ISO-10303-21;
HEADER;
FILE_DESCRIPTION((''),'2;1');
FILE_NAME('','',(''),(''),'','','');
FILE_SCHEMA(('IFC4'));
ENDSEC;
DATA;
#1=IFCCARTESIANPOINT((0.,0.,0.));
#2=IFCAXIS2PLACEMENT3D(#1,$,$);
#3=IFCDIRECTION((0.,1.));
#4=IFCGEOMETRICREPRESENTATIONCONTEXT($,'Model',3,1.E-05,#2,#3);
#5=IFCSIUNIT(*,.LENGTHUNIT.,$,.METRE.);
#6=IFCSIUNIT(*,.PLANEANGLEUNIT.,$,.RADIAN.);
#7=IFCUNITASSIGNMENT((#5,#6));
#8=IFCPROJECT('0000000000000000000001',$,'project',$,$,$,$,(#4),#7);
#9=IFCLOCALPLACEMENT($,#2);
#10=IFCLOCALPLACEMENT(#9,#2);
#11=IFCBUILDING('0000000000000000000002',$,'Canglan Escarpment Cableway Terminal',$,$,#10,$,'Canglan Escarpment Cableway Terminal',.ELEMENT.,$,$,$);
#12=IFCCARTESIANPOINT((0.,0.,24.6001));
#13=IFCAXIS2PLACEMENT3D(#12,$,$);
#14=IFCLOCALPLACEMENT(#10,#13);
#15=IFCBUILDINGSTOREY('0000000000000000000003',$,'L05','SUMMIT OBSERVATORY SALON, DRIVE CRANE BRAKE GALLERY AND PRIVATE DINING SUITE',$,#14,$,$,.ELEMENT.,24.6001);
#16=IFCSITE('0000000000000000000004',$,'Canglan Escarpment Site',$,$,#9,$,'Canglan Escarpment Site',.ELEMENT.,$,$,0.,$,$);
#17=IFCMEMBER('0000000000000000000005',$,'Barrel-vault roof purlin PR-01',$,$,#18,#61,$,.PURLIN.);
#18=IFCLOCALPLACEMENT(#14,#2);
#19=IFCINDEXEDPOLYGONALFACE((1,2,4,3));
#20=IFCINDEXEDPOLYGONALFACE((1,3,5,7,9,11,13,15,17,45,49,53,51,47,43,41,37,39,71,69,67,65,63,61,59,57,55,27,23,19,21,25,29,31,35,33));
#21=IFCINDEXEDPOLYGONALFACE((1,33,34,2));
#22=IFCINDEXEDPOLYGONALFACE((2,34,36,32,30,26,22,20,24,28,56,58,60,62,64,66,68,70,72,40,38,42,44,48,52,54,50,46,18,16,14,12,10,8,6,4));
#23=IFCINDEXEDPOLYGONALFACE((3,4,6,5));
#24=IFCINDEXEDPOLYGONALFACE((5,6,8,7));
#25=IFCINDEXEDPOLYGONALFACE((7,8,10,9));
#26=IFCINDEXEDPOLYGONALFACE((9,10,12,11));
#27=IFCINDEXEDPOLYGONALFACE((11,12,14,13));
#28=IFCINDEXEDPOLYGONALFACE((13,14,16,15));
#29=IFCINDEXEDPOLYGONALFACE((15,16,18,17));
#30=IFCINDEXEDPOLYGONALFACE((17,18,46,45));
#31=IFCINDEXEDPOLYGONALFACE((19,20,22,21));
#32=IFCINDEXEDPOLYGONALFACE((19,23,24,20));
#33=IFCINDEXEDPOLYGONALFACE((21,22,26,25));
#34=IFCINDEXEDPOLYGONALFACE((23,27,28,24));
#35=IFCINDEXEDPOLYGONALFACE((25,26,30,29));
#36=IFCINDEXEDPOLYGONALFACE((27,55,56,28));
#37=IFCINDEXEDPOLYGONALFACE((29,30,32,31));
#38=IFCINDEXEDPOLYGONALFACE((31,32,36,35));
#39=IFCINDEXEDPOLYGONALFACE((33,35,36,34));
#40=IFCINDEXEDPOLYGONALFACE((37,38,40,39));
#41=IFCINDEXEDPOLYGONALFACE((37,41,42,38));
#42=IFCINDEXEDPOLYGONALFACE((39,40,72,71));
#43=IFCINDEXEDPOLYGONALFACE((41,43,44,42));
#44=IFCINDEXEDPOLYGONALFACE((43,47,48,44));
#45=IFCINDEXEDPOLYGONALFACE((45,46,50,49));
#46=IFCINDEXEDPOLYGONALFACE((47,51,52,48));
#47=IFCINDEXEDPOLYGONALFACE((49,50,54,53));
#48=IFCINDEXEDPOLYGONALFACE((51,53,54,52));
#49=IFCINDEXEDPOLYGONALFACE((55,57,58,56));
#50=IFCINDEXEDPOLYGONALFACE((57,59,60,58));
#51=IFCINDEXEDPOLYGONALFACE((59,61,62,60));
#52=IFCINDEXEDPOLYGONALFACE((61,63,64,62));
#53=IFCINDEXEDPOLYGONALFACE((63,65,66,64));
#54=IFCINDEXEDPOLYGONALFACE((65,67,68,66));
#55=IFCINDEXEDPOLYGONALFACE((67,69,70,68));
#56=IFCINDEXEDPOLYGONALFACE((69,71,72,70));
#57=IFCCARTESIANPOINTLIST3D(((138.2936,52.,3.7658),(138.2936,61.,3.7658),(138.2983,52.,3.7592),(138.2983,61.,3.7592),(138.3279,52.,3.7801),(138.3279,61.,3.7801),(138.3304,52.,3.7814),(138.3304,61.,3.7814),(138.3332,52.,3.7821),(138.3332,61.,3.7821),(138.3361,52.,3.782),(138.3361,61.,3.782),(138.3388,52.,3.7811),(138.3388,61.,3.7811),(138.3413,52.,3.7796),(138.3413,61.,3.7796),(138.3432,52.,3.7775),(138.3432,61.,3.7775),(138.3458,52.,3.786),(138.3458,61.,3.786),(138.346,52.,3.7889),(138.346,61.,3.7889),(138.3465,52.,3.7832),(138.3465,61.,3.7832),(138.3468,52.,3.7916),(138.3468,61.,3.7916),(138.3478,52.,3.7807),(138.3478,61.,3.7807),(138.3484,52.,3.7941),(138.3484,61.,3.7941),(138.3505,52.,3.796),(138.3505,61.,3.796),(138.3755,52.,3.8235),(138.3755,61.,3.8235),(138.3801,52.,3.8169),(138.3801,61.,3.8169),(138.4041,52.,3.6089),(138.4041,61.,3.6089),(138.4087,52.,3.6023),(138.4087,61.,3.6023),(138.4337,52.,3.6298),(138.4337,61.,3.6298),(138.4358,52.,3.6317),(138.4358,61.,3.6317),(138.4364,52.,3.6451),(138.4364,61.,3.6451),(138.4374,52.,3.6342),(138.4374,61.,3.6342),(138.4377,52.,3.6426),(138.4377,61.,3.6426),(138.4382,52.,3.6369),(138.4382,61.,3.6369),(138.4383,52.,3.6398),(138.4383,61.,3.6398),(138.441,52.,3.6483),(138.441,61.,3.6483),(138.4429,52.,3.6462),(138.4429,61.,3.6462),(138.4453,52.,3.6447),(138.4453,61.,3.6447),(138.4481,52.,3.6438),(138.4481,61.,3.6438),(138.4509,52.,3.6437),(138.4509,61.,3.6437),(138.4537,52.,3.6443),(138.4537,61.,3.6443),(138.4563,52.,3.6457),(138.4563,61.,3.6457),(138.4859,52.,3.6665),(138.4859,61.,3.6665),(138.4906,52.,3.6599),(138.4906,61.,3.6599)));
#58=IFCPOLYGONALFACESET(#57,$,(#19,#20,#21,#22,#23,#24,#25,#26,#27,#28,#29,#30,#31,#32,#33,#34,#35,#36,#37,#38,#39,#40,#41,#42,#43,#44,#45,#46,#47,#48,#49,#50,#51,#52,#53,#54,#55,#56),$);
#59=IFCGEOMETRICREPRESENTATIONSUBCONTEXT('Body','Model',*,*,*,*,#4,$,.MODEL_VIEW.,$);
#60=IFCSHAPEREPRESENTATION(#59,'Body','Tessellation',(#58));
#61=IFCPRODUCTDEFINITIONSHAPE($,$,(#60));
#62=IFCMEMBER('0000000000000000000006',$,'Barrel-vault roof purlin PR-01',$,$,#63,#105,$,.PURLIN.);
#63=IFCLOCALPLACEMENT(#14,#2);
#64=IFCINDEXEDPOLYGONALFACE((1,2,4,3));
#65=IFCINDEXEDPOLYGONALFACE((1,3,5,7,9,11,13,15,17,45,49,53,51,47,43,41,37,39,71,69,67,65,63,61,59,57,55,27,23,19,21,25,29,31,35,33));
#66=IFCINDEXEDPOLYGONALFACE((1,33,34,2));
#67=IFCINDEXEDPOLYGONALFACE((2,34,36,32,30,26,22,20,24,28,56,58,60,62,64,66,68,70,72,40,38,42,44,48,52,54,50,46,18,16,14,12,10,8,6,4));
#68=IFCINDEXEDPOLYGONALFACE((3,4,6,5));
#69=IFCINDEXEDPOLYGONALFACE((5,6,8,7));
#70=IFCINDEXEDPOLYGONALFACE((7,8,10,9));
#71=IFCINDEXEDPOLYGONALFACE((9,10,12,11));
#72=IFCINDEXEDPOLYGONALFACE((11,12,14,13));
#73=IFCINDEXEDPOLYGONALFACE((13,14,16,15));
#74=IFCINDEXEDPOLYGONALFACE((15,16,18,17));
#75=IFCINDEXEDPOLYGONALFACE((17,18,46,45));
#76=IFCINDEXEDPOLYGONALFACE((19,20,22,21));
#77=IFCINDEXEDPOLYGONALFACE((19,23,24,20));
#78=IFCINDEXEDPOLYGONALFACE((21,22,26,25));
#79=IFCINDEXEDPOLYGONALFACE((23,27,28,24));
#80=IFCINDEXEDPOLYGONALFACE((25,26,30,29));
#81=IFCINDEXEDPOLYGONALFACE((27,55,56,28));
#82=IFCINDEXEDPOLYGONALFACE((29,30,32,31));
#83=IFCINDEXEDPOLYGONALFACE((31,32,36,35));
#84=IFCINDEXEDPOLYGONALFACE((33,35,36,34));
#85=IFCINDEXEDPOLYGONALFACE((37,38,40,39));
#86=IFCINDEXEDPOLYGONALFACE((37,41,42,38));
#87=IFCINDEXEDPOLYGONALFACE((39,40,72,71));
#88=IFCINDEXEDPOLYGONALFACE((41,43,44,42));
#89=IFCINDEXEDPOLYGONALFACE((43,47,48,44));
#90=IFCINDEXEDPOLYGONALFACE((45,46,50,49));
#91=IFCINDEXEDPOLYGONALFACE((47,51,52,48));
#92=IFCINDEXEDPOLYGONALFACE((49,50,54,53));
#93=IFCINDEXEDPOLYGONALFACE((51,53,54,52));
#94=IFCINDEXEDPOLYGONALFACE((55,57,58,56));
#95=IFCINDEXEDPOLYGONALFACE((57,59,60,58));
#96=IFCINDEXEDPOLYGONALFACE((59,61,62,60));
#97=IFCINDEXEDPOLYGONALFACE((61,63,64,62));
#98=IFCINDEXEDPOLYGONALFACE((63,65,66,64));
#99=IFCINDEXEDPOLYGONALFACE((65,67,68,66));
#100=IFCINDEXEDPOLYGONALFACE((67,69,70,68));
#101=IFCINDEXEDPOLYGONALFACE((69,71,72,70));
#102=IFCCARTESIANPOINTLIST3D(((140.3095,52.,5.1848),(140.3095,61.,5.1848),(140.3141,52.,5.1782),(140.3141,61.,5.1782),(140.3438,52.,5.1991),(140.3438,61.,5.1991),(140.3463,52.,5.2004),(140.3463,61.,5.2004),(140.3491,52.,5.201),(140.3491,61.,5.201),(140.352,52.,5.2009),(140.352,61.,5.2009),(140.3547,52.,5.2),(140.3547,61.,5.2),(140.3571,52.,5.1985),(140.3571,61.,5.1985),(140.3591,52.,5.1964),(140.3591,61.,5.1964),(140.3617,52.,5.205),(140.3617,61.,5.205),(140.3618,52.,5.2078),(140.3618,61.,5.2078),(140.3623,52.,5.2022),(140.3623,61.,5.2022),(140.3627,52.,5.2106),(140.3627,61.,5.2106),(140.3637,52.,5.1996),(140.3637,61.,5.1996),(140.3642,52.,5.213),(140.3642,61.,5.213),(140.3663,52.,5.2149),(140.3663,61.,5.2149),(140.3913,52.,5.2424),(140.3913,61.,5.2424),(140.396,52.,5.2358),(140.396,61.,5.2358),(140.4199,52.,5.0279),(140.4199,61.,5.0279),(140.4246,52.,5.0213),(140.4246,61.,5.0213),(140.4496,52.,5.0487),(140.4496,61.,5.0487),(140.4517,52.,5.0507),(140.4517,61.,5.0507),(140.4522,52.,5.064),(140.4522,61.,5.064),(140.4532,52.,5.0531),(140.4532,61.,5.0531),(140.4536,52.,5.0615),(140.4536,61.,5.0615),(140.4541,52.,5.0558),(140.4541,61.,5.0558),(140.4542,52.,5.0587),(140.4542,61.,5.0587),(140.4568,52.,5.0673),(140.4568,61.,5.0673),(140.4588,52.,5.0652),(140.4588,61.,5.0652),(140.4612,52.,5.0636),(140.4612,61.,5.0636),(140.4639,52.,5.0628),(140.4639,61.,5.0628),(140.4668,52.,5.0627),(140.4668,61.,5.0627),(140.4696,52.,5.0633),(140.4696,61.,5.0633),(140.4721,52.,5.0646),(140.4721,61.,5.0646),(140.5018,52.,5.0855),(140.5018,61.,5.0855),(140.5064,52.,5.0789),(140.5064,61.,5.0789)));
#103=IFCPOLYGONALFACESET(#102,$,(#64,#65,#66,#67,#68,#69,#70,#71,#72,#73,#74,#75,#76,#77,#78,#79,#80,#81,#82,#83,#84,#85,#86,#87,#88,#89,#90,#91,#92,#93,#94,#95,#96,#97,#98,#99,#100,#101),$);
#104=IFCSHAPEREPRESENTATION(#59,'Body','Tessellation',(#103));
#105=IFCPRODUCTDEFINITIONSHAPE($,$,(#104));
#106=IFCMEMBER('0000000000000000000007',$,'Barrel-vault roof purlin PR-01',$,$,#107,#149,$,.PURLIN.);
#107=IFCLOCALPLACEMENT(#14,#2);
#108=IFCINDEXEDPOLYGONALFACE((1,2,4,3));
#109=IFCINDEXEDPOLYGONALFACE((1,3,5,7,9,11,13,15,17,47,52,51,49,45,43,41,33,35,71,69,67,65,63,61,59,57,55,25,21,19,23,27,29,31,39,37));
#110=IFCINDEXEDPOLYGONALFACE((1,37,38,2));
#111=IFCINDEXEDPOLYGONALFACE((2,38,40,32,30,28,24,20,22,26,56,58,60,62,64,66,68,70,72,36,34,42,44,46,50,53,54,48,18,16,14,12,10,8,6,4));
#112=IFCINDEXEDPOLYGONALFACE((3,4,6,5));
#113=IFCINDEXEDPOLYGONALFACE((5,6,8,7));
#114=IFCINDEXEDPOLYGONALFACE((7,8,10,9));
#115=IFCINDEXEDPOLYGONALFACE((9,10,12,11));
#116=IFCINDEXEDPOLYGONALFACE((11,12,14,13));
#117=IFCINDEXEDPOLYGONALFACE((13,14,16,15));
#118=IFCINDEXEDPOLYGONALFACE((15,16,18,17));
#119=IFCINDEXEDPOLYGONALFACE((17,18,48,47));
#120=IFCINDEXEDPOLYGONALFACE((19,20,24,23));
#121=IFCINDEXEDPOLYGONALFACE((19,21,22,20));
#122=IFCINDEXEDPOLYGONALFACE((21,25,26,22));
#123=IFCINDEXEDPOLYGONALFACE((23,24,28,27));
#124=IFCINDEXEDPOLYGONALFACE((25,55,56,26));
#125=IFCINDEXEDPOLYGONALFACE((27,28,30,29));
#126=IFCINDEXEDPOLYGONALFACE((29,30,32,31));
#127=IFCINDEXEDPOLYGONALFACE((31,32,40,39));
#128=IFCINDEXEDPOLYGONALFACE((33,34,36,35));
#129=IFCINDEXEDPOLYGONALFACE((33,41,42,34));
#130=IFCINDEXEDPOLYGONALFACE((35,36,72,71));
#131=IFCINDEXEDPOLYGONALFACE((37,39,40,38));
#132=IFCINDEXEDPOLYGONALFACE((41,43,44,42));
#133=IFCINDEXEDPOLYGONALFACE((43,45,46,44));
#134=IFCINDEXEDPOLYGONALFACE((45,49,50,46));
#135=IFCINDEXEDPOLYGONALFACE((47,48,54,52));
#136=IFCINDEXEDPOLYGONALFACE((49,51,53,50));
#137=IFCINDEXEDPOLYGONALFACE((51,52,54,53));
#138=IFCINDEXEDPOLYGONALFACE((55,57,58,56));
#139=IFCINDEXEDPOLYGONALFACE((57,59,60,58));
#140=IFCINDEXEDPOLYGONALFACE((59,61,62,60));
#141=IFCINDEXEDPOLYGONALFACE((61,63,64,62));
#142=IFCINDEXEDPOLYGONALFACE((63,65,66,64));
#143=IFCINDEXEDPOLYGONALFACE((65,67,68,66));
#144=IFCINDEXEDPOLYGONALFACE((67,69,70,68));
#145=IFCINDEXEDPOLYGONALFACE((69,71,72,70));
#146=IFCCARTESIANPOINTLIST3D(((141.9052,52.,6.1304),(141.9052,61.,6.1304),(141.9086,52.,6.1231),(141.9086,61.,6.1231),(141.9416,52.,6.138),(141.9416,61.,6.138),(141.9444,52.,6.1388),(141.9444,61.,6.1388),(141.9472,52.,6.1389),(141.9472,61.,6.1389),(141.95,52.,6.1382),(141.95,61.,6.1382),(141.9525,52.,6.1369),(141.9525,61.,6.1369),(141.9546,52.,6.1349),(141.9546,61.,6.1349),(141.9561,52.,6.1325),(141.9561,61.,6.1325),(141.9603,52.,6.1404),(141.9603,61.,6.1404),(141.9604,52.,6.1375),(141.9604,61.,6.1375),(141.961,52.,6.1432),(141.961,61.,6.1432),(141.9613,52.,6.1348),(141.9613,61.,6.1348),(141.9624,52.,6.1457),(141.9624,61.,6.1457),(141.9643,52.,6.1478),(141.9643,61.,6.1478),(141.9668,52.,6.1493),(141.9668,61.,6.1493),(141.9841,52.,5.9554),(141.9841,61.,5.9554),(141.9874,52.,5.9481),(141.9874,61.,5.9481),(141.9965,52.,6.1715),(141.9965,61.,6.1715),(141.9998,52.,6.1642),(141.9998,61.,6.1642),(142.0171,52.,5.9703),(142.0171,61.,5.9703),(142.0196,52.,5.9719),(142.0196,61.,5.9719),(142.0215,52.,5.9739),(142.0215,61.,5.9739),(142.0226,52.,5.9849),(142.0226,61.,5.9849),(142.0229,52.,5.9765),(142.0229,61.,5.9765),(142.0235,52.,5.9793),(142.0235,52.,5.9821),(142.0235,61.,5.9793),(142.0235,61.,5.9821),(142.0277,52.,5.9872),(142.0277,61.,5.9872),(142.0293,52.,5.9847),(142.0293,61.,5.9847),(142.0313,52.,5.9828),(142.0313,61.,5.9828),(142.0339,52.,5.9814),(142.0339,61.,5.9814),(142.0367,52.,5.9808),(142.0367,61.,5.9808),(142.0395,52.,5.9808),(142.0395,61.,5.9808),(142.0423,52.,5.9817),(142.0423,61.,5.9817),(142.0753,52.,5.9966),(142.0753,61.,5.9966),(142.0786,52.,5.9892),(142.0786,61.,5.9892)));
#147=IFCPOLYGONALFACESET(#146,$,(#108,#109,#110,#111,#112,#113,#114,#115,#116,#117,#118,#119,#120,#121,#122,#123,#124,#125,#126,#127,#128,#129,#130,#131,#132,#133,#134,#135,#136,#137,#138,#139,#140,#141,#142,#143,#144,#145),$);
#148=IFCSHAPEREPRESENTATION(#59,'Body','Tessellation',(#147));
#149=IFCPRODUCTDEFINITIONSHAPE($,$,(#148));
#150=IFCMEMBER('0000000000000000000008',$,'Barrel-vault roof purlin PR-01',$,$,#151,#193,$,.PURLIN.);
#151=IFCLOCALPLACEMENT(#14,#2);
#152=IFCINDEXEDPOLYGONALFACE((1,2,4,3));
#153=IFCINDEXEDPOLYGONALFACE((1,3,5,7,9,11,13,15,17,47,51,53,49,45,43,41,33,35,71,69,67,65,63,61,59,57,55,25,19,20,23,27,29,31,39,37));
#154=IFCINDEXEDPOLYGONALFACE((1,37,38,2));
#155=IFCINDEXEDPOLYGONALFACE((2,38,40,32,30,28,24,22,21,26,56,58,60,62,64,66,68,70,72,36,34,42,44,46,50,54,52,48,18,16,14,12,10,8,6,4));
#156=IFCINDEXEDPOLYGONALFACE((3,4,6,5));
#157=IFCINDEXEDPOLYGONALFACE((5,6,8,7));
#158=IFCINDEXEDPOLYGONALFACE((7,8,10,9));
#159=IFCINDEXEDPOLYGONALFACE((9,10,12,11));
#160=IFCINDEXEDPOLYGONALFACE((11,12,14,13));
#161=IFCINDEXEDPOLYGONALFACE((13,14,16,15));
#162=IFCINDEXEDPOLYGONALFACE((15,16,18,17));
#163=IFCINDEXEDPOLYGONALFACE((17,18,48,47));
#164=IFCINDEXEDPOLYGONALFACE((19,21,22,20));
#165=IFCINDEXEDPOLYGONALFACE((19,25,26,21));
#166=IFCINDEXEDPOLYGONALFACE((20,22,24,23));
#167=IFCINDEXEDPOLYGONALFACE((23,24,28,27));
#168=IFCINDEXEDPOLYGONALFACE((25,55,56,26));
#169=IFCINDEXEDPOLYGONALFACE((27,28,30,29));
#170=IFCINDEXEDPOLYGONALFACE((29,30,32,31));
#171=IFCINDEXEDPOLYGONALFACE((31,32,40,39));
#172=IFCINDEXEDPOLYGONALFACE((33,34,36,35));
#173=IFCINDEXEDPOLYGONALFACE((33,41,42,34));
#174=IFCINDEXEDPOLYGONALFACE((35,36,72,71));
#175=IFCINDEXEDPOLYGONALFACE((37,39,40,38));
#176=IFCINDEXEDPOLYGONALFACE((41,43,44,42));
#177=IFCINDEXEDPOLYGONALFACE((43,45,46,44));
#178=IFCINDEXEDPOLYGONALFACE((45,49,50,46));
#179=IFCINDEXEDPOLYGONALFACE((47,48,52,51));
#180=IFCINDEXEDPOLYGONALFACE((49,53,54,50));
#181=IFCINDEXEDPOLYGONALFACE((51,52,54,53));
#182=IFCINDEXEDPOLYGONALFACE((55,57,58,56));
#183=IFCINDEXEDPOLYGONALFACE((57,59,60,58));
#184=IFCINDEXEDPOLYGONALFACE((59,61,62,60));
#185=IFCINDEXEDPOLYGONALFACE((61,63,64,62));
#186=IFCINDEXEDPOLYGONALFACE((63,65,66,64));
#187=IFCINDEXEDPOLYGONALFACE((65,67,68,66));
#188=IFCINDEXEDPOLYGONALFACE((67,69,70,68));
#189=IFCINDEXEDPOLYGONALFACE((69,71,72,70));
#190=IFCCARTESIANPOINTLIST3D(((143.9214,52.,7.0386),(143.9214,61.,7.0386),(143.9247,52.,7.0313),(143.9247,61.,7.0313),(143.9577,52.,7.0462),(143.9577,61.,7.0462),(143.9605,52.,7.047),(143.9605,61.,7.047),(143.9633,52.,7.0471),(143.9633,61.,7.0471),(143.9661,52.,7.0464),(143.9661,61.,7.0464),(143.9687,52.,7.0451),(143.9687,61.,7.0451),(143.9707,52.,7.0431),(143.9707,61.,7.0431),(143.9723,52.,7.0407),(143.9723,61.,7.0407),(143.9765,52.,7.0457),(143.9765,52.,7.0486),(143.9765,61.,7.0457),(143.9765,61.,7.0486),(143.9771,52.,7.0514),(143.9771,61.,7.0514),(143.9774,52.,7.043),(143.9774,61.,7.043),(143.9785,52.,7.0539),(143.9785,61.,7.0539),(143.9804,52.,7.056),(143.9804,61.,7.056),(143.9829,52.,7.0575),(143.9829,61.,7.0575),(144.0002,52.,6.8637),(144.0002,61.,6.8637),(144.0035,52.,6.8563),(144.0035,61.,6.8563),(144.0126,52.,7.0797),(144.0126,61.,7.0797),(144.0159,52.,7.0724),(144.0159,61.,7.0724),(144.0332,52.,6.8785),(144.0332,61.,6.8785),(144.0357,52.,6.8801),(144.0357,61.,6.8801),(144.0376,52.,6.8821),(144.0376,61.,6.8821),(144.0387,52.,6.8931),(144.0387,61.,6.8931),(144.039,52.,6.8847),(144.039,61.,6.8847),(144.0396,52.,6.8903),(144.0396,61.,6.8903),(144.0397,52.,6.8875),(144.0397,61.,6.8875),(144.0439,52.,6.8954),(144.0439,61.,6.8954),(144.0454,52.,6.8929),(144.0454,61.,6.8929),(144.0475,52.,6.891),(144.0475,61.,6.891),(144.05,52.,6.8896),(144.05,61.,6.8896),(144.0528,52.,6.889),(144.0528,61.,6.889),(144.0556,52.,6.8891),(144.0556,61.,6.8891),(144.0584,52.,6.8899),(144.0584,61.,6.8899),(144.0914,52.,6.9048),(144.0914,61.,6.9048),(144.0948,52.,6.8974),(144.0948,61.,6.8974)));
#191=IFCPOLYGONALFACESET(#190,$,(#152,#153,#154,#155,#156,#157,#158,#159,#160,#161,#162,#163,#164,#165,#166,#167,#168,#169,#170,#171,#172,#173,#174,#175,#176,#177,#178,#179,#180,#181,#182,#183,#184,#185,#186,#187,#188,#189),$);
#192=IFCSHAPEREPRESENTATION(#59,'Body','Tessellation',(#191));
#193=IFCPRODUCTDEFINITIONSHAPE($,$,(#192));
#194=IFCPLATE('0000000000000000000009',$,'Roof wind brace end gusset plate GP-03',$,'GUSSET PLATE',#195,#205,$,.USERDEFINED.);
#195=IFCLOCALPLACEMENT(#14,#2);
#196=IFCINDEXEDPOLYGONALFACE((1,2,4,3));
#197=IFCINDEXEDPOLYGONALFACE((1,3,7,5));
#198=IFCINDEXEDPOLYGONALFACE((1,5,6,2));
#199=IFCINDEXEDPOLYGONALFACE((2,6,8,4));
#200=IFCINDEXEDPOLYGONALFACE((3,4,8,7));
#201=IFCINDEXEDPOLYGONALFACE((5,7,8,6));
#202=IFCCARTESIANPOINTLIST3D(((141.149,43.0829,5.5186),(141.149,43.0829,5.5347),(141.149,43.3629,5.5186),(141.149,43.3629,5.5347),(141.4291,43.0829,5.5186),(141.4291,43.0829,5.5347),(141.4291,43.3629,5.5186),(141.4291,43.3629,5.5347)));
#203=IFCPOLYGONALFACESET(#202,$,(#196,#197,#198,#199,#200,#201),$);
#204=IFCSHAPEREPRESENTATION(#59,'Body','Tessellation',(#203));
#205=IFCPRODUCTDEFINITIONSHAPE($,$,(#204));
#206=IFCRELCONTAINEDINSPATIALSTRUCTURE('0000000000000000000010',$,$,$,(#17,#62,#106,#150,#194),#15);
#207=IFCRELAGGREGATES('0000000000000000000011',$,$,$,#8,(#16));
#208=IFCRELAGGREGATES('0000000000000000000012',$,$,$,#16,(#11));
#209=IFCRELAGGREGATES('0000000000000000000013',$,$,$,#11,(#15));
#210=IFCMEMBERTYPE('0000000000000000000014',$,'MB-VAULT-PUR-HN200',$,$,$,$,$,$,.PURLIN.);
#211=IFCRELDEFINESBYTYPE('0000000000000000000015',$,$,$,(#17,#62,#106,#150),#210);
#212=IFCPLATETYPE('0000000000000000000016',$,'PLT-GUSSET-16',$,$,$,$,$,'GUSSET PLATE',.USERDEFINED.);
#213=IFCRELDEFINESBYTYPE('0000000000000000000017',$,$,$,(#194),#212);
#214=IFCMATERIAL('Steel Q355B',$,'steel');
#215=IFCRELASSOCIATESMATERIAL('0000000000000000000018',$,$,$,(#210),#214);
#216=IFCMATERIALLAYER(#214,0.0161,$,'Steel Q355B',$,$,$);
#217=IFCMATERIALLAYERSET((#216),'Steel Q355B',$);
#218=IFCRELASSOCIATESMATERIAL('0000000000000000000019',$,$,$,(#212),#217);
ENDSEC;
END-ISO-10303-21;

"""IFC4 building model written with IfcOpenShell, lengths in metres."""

from ifc_helpers import new_model, si_unit, direction, frame, origin, origin_2d, place, context, subcontext, project, spatial, rectangle, i_section, extrude, material, layer, layer_set, material_profile, profile_set, type_object, element, save


model = new_model("IFC4")

# Units and contexts
model_context = context("Model", 3, precision=1e-05, world=origin(), true_north=direction((0.0, 1.0)))
body_context = subcontext(model_context, "Body", "Model", "MODEL_VIEW")
ifc_project = project(units=[si_unit("LENGTHUNIT", "METRE"), si_unit("PLANEANGLEUNIT", "RADIAN")], contexts=[model_context])

# Site, building, storey
site_placement = place(None, origin())
site = spatial("IfcSite", under=ifc_project, at=site_placement, Name="Canglan Escarpment Site", LongName="Canglan Escarpment Site", CompositionType="ELEMENT", RefElevation=0.0)
building_placement = place(site_placement, origin())
building = spatial("IfcBuilding", under=site, at=building_placement, Name="Canglan Escarpment Cableway Terminal", LongName="Canglan Escarpment Cableway Terminal", CompositionType="ELEMENT")
storey_placement = place(building_placement, frame((0.0, 0.0, 24.6001)))
storey = spatial("IfcBuildingStorey", under=building, at=storey_placement, Name="L05", Description="SUMMIT OBSERVATORY SALON, DRIVE CRANE BRAKE GALLERY AND PRIVATE DINING SUITE", CompositionType="ELEMENT", Elevation=24.6001)

# Shared definitions
ifc_material_1 = material(Name="Steel Q355B", Category="steel")

# Members
ifc_material_profile_1 = material_profile(ifc_material_1, i_section(OverallWidth=0.1001, OverallDepth=0.2, WebThickness=0.0056, FlangeThickness=0.0081, FilletRadius=0.011, at=origin_2d()), Name="HN 200x100x5.5x8")
ifc_profile_set_1 = profile_set([ifc_material_profile_1], Name="Steel Q355B")
member_type_1 = type_object("IfcMemberType", Name="MB-VAULT-PUR-HN200", PredefinedType="PURLIN", material=ifc_profile_set_1)
for number, where, z_axis, x_axis, name in (
    (1, (138.3921, 52.0, 3.7129), (0.0, 1.0, 0.0), (-0.817728, 0.0, -0.575605), "Barrel-vault roof purlin PR-01"),
    (2, (140.408, 52.0, 5.1318), (0.0, 1.0, 0.0), (-0.817728, 0.0, -0.575605), "Barrel-vault roof purlin PR-01"),
    (3, (141.9919, 52.0, 6.0598), (0.0, 1.0, 0.0), (-0.911741, 0.0, -0.410767), "Barrel-vault roof purlin PR-01"),
    (4, (144.0081, 52.0, 6.968), (0.0, 1.0, 0.0), (-0.911741, 0.0, -0.410767), "Barrel-vault roof purlin PR-01"),
):
    element("IfcMember", number, at=place(storey_placement, frame(where, z_axis=z_axis, x_axis=x_axis)), inside=storey, type_object=member_type_1, Name=name, PredefinedType="PURLIN", context=body_context, shape_type="SweptSolid", body=[
        extrude(i_section(OverallWidth=0.1001, OverallDepth=0.2, WebThickness=0.0056, FlangeThickness=0.0081, FilletRadius=0.011, at=origin_2d()), origin(), (0.0, 0.0, 1.0), 9.0),
    ])

# Plate
ifc_layer_1 = layer(ifc_material_1, 0.0161, Name="Steel Q355B")
ifc_layer_set_1 = layer_set([ifc_layer_1], Name="Steel Q355B")
plate_type_1 = type_object("IfcPlateType", Name="PLT-GUSSET-16", ElementType="GUSSET PLATE", PredefinedType="USERDEFINED", material=ifc_layer_set_1)
for number, where, z_axis, x_axis, name in (
    (5, (141.2891, 43.2229, 5.5186), (0.0, 0.0, 1.0), (1.0, 0.0, 0.0), "Roof wind brace end gusset plate GP-03"),
):
    element("IfcPlate", number, at=place(storey_placement, frame(where, z_axis=z_axis, x_axis=x_axis)), inside=storey, type_object=plate_type_1, Name=name, ObjectType="GUSSET PLATE", PredefinedType="USERDEFINED", context=body_context, shape_type="SweptSolid", body=[
        extrude(rectangle(XDim=0.28, YDim=0.28, at=origin_2d()), origin(), (0.0, 0.0, 1.0), 0.0161),
    ])

save(model, "model.ifc")
